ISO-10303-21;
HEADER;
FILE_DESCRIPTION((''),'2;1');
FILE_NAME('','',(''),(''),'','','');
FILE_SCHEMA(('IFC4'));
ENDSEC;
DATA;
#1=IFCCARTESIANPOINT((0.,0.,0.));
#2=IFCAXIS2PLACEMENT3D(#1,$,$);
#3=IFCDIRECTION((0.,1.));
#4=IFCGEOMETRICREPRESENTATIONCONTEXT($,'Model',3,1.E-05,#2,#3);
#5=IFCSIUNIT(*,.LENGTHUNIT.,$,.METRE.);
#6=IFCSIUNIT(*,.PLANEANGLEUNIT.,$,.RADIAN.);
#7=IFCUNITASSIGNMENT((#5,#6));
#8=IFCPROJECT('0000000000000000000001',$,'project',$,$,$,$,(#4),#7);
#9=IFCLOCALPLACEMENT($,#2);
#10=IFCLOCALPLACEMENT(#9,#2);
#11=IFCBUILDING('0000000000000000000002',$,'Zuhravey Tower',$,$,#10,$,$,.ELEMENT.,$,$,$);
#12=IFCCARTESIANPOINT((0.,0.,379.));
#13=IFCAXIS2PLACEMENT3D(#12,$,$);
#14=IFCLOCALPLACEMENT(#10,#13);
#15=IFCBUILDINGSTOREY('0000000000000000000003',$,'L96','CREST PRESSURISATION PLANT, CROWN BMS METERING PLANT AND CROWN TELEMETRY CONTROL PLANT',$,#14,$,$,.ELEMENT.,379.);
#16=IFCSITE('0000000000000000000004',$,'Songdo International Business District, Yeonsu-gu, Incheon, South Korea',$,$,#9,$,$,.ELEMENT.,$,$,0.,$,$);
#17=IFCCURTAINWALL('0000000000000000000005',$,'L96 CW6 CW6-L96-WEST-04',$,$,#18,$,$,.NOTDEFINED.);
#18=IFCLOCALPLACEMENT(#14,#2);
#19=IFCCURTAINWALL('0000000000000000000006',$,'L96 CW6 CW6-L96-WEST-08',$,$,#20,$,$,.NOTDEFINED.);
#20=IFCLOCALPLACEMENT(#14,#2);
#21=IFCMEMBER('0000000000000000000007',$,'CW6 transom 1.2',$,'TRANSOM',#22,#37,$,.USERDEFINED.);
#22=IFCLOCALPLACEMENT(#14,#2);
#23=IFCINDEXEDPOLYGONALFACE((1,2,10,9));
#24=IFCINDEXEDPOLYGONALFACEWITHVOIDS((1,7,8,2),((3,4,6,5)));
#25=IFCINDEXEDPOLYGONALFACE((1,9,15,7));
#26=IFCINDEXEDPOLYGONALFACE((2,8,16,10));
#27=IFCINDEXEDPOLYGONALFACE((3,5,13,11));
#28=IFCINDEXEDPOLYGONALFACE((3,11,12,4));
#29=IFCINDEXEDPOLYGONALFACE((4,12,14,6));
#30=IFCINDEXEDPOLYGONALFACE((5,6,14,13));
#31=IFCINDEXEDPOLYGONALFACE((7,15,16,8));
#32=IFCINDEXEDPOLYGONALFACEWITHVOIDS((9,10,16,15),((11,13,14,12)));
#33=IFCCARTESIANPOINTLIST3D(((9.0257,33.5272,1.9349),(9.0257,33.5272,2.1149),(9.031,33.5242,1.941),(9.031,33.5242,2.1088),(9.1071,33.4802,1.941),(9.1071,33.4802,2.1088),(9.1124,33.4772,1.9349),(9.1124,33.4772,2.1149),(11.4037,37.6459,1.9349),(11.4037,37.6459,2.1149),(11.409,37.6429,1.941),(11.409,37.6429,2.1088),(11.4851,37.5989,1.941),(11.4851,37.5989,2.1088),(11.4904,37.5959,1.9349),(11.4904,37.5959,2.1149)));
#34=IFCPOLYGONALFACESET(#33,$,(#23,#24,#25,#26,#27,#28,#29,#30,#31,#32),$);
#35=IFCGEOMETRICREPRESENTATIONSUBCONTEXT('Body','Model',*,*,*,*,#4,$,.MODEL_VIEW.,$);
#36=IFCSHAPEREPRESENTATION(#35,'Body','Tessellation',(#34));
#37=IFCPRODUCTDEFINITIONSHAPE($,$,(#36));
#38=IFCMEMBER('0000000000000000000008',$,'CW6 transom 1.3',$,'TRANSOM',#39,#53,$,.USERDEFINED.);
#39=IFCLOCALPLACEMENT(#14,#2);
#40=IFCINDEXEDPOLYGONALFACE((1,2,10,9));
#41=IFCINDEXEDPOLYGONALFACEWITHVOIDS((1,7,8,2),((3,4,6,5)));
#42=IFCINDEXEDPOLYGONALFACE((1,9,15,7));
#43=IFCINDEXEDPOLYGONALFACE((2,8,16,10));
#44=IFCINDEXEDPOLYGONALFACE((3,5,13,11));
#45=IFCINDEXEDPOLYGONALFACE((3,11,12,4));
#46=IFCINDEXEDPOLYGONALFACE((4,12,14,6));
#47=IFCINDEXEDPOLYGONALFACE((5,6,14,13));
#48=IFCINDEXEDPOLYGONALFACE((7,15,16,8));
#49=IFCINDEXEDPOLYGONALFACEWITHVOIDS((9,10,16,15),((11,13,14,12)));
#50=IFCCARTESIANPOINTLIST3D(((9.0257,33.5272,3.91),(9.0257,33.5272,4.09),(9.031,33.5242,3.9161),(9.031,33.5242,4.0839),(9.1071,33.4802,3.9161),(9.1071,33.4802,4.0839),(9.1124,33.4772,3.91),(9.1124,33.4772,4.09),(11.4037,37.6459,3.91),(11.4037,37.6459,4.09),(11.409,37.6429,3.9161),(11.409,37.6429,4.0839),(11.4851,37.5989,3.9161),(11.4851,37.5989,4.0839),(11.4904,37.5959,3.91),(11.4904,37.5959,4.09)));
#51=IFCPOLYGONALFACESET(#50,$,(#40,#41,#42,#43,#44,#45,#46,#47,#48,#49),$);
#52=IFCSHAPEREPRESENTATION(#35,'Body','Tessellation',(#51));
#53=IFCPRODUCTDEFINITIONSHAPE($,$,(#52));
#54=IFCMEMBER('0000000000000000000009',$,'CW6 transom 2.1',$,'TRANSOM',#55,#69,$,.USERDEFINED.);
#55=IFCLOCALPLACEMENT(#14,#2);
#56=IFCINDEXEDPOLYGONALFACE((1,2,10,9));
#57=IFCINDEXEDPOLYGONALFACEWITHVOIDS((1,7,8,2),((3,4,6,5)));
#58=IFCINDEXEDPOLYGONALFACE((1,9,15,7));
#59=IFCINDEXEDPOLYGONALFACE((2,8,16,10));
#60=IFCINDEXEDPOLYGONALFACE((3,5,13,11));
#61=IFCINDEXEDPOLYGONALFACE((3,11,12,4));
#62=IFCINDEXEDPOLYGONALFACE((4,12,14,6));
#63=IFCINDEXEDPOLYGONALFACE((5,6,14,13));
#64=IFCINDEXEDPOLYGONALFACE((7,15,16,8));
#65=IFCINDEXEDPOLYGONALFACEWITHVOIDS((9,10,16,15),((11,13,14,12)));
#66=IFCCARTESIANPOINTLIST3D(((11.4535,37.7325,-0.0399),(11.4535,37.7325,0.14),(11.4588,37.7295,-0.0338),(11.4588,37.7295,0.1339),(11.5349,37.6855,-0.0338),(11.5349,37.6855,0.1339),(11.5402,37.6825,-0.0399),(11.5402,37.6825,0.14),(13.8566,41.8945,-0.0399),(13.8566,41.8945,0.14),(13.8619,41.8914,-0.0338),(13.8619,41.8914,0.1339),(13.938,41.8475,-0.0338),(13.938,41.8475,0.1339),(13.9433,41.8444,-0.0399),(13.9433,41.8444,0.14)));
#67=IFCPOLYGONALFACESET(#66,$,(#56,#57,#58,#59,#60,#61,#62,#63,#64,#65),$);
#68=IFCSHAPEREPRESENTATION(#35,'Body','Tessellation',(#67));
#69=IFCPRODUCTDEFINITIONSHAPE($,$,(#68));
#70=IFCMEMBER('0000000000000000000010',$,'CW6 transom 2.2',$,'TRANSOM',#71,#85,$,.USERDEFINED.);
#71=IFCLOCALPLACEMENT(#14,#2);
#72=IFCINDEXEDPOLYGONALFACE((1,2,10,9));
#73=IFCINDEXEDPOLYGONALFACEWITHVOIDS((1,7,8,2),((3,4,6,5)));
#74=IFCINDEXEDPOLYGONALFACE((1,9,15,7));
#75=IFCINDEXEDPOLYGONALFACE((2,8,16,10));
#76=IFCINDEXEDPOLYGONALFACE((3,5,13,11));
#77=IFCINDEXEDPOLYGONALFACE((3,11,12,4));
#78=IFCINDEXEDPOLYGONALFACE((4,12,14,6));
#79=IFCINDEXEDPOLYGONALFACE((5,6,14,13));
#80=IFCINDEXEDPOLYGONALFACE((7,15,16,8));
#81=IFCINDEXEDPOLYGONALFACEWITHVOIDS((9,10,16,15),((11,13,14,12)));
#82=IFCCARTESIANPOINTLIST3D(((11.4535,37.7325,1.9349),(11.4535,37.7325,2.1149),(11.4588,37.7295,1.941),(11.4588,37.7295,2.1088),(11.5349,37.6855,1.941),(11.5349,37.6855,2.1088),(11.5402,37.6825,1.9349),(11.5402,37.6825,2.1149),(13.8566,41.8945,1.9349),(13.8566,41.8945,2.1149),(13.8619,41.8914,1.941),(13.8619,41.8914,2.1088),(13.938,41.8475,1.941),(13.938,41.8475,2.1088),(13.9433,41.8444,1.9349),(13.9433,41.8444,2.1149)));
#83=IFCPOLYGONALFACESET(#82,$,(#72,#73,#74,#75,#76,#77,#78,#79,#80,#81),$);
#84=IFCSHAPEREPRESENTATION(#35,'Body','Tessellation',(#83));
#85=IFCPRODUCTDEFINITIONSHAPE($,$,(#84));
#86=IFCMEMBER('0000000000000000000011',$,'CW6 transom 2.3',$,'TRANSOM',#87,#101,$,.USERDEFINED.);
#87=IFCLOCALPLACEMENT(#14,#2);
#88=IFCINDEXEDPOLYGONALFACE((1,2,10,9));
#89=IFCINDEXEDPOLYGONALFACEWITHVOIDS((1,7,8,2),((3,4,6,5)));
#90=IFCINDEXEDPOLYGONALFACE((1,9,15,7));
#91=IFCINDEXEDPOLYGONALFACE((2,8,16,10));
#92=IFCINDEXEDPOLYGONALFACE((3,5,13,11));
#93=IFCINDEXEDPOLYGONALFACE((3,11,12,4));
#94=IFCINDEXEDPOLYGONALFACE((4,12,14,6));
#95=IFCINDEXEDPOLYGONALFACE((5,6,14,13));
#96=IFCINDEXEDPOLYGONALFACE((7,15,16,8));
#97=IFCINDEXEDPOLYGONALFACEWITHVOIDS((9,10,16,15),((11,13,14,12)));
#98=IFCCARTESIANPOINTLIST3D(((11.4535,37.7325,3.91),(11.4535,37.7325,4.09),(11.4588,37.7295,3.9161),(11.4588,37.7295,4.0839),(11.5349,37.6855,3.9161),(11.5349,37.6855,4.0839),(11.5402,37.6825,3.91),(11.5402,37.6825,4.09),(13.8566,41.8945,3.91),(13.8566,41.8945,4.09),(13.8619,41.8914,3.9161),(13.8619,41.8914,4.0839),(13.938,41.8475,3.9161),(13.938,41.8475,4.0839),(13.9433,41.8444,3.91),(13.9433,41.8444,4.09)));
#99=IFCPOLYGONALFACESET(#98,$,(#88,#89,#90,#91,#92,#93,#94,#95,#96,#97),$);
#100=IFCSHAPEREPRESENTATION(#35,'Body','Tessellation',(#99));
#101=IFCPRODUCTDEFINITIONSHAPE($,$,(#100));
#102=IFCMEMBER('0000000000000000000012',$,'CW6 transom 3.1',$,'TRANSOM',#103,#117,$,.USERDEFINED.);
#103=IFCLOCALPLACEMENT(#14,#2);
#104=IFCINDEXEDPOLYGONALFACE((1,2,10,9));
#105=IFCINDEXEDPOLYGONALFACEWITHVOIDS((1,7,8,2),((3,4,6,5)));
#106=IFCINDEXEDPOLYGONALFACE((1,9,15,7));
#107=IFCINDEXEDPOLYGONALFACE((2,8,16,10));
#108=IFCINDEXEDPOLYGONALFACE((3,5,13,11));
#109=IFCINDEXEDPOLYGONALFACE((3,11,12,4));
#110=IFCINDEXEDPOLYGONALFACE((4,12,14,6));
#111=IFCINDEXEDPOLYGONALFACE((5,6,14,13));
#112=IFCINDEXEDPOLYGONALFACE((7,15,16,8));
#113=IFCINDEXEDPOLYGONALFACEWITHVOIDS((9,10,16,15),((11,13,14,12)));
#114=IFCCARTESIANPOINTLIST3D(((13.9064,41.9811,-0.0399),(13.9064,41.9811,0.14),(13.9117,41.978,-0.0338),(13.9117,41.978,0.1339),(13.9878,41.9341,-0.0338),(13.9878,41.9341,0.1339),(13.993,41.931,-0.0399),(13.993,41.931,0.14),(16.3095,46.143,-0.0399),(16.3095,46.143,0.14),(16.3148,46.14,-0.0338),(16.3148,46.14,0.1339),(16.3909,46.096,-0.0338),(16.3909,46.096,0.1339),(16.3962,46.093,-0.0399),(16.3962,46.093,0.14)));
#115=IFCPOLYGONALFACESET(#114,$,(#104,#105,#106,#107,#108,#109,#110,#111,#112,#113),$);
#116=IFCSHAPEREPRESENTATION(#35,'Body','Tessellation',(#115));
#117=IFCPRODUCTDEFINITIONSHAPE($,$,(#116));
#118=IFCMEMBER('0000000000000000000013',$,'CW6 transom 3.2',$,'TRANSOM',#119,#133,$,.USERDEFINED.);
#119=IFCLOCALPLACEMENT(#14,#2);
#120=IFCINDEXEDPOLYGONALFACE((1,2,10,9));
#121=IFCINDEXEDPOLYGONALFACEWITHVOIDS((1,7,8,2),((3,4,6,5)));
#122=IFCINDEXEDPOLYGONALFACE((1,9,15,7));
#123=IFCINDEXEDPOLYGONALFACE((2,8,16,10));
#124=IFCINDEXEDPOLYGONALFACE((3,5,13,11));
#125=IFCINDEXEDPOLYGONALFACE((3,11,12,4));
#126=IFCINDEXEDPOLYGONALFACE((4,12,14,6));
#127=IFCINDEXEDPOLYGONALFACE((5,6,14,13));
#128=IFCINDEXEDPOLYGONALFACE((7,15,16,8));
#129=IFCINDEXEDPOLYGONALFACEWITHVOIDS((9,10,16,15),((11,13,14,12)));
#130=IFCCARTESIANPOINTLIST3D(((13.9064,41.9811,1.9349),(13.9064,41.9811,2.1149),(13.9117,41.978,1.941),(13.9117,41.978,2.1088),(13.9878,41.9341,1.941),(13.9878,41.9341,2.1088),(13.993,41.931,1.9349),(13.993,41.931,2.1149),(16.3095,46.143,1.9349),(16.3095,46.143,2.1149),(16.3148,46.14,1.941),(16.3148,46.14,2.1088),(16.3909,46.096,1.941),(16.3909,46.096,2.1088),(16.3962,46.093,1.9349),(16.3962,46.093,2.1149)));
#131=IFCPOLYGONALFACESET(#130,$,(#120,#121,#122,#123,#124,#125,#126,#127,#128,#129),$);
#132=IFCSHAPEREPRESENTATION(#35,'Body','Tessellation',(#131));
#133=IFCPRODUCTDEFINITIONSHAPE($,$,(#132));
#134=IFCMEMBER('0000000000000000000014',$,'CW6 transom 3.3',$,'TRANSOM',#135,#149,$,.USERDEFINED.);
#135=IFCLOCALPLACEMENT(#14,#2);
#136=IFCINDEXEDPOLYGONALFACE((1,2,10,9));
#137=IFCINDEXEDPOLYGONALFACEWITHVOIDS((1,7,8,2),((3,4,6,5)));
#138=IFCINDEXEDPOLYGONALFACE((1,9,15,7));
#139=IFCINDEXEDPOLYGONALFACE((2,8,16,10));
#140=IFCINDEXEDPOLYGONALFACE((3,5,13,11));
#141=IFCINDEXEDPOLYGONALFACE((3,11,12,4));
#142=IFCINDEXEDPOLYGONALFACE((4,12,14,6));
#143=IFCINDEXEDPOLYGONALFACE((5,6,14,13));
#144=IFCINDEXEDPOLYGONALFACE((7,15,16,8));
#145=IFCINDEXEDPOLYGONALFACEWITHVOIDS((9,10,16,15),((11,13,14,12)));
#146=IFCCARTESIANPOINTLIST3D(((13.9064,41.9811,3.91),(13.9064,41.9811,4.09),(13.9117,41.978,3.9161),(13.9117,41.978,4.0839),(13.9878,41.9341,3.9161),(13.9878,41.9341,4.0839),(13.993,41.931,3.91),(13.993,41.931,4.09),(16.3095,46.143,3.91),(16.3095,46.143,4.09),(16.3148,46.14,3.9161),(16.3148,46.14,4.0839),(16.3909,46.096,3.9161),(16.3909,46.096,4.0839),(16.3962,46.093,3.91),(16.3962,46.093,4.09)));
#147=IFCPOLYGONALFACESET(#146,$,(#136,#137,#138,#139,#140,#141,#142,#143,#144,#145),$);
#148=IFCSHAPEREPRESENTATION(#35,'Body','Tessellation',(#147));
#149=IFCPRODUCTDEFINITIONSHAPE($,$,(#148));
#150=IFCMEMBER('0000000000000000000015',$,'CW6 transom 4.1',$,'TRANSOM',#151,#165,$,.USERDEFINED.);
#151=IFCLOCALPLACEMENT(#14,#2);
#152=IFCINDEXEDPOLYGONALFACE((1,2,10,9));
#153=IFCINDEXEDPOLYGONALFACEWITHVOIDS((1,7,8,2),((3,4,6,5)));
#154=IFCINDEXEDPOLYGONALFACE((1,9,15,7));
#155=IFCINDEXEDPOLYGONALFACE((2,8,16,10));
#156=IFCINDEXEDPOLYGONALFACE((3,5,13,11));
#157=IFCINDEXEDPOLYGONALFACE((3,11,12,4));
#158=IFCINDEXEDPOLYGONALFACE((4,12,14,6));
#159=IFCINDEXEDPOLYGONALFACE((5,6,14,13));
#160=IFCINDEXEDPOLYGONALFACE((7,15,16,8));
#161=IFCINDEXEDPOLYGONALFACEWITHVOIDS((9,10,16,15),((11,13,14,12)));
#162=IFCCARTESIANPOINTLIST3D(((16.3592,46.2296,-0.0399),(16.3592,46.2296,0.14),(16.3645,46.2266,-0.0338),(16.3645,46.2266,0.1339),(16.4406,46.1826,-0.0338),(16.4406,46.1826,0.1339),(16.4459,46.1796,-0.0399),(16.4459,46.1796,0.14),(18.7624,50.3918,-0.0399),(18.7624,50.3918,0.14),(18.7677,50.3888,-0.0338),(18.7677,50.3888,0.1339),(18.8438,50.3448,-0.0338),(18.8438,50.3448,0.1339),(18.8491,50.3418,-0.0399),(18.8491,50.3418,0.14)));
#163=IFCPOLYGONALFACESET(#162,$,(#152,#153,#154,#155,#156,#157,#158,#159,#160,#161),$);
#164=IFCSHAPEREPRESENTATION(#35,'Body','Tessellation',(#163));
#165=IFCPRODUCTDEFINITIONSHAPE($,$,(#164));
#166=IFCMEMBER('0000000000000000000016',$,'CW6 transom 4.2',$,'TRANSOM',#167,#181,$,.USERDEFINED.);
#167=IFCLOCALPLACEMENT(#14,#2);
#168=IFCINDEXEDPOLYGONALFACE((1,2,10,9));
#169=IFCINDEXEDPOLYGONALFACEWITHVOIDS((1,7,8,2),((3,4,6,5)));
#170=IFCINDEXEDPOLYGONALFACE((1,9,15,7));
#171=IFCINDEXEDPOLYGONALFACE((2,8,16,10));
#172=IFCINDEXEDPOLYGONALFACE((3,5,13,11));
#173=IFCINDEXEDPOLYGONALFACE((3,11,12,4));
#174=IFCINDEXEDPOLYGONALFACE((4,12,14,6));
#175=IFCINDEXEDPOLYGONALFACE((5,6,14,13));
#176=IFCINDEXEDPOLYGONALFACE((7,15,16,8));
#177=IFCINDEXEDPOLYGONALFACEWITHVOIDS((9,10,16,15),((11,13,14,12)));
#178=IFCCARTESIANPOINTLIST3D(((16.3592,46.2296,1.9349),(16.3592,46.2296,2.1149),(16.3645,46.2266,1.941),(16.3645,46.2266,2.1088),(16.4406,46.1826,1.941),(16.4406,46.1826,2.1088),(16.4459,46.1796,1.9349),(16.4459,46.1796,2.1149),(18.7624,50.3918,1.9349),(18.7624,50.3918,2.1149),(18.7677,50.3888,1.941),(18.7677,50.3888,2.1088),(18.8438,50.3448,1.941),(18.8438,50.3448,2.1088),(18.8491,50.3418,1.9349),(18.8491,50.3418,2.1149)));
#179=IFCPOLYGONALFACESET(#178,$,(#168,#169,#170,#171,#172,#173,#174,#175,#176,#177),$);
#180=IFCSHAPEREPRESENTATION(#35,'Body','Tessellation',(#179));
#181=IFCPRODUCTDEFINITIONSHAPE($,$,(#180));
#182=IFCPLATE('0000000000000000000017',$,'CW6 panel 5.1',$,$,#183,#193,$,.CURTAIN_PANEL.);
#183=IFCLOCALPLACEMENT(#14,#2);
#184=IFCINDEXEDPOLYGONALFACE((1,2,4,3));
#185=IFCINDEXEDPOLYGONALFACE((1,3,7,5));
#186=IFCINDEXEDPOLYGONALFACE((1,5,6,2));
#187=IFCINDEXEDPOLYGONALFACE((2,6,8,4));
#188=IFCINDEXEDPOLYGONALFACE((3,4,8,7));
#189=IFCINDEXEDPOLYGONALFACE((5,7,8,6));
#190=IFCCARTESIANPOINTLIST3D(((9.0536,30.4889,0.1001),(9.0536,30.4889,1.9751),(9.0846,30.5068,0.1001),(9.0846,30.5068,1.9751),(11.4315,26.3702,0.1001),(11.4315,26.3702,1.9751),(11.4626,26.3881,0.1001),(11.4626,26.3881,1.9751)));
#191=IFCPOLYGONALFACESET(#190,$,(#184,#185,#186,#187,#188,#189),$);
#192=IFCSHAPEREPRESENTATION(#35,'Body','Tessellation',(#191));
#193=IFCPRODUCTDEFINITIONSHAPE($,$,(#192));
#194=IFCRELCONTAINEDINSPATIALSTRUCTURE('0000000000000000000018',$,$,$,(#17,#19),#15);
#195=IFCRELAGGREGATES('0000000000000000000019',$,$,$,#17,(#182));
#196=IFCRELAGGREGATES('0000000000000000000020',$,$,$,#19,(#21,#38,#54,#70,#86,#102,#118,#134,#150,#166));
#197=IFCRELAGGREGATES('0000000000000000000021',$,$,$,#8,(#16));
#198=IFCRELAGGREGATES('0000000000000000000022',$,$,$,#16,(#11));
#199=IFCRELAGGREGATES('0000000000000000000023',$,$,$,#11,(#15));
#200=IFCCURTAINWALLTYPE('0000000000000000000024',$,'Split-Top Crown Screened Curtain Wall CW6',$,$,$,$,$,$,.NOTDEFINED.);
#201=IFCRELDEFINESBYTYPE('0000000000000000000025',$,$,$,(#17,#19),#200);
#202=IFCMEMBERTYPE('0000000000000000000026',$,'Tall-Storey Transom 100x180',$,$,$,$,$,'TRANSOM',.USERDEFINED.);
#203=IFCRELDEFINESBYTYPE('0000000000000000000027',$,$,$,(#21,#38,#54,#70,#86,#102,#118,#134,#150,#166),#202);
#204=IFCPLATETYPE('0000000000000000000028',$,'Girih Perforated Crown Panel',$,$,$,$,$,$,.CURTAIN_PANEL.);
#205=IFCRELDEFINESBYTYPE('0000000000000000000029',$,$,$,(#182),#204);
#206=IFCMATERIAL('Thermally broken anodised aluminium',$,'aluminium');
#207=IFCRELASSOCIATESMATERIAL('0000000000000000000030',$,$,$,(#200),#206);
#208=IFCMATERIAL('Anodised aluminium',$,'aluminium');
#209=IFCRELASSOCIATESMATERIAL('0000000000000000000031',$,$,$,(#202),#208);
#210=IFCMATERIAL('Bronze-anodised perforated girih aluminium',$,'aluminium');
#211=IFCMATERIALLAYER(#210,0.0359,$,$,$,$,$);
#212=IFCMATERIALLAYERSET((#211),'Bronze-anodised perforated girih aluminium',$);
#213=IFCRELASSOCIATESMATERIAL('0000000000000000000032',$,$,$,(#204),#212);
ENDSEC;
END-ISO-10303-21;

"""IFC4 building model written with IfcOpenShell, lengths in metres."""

from ifc_helpers import new_model, si_unit, direction, frame, origin, origin_2d, place, context, subcontext, project, spatial, rectangle, hollow_rectangle, extrude, material, layer, layer_set, material_profile, profile_set, type_object, element, aggregate, save


model = new_model("IFC4")

# Units and contexts
model_context = context("Model", 3, precision=1e-05, world=origin(), true_north=direction((0.0, 1.0)))
body_context = subcontext(model_context, "Body", "Model", "MODEL_VIEW")
ifc_project = project(units=[si_unit("LENGTHUNIT", "METRE"), si_unit("PLANEANGLEUNIT", "RADIAN")], contexts=[model_context])

# Site, building, storey
site_placement = place(None, origin())
site = spatial("IfcSite", under=ifc_project, at=site_placement, Name="Songdo International Business District, Yeonsu-gu, Incheon, South Korea", CompositionType="ELEMENT", RefElevation=0.0)
building_placement = place(site_placement, origin())
building = spatial("IfcBuilding", under=site, at=building_placement, Name="Zuhravey Tower", CompositionType="ELEMENT")
storey_placement = place(building_placement, frame((0.0, 0.0, 379.0)))
storey = spatial("IfcBuildingStorey", under=building, at=storey_placement, Name="L96", Description="CREST PRESSURISATION PLANT, CROWN BMS METERING PLANT AND CROWN TELEMETRY CONTROL PLANT", CompositionType="ELEMENT", Elevation=379.0)

# Curtain wall
ifc_material_1 = material(Name="Thermally broken anodised aluminium", Category="aluminium")
curtain_wall_type = type_object("IfcCurtainWallType", Name="Split-Top Crown Screened Curtain Wall CW6", PredefinedType="NOTDEFINED", material=ifc_material_1)
curtain_wall_1_placement = place(storey_placement, origin())
curtain_wall_1 = element("IfcCurtainWall", 1, at=curtain_wall_1_placement, inside=storey, type_object=curtain_wall_type, Name="L96 CW6 CW6-L96-WEST-04", PredefinedType="NOTDEFINED")
ifc_material_2 = material(Name="Anodised aluminium", Category="aluminium")

# Curtain wall, members
curtain_wall_2_placement = place(storey_placement, origin())
curtain_wall_2 = element("IfcCurtainWall", 2, at=curtain_wall_2_placement, inside=storey, type_object=curtain_wall_type, Name="L96 CW6 CW6-L96-WEST-08", PredefinedType="NOTDEFINED")
ifc_material_profile_1 = material_profile(ifc_material_2, hollow_rectangle(XDim=0.1001, YDim=0.1799, WallThickness=0.0061, at=origin_2d()), Name="ALU-RHS-100x180x6")
ifc_profile_set_1 = profile_set([ifc_material_profile_1], Name="Anodised aluminium")
member_type_1 = type_object("IfcMemberType", Name="Tall-Storey Transom 100x180", ElementType="TRANSOM", PredefinedType="USERDEFINED", material=ifc_profile_set_1)
member_1_placement = place(storey_placement, frame((9.0691, 33.5022, 2.0249), z_axis=(0.500004, 0.866023, 0.0), x_axis=(-0.866023, 0.500004, 0.0)))
member_1 = element("IfcMember", 3, at=member_1_placement, type_object=member_type_1, Name="CW6 transom 1.2", ObjectType="TRANSOM", PredefinedType="USERDEFINED", context=body_context, shape_type="SweptSolid", body=[
    extrude(hollow_rectangle(XDim=0.1001, YDim=0.1799, WallThickness=0.0061, at=origin_2d()), origin(), (0.0, 0.0, 1.0), 4.7559),
])
member_2_placement = place(storey_placement, frame((9.0691, 33.5022, 4.0), z_axis=(0.500004, 0.866023, 0.0), x_axis=(-0.866023, 0.500004, 0.0)))
member_2 = element("IfcMember", 4, at=member_2_placement, type_object=member_type_1, Name="CW6 transom 1.3", ObjectType="TRANSOM", PredefinedType="USERDEFINED", context=body_context, shape_type="SweptSolid", body=[
    extrude(hollow_rectangle(XDim=0.1001, YDim=0.1799, WallThickness=0.0061, at=origin_2d()), origin(), (0.0, 0.0, 1.0), 4.7559),
])
member_3_placement = place(storey_placement, frame((11.4968, 37.7075, 0.05), z_axis=(0.500035, 0.866005, 0.0), x_axis=(-0.866005, 0.500035, 0.0)))
member_3 = element("IfcMember", 5, at=member_3_placement, type_object=member_type_1, Name="CW6 transom 2.1", ObjectType="TRANSOM", PredefinedType="USERDEFINED", context=body_context, shape_type="SweptSolid", body=[
    extrude(hollow_rectangle(XDim=0.1001, YDim=0.1799, WallThickness=0.0061, at=origin_2d()), origin(), (0.0, 0.0, 1.0), 4.8059),
])
member_4_placement = place(storey_placement, frame((11.4968, 37.7075, 2.0249), z_axis=(0.500035, 0.866005, 0.0), x_axis=(-0.866005, 0.500035, 0.0)))
member_4 = element("IfcMember", 6, at=member_4_placement, type_object=member_type_1, Name="CW6 transom 2.2", ObjectType="TRANSOM", PredefinedType="USERDEFINED", context=body_context, shape_type="SweptSolid", body=[
    extrude(hollow_rectangle(XDim=0.1001, YDim=0.1799, WallThickness=0.0061, at=origin_2d()), origin(), (0.0, 0.0, 1.0), 4.8059),
])
member_5_placement = place(storey_placement, frame((11.4968, 37.7075, 4.0), z_axis=(0.500035, 0.866005, 0.0), x_axis=(-0.866005, 0.500035, 0.0)))
member_5 = element("IfcMember", 7, at=member_5_placement, type_object=member_type_1, Name="CW6 transom 2.3", ObjectType="TRANSOM", PredefinedType="USERDEFINED", context=body_context, shape_type="SweptSolid", body=[
    extrude(hollow_rectangle(XDim=0.1001, YDim=0.1799, WallThickness=0.0061, at=origin_2d()), origin(), (0.0, 0.0, 1.0), 4.8059),
])
member_6_placement = place(storey_placement, frame((13.9497, 41.9561, 0.05), z_axis=(0.500035, 0.866005, 0.0), x_axis=(-0.866005, 0.500035, 0.0)))
member_6 = element("IfcMember", 8, at=member_6_placement, type_object=member_type_1, Name="CW6 transom 3.1", ObjectType="TRANSOM", PredefinedType="USERDEFINED", context=body_context, shape_type="SweptSolid", body=[
    extrude(hollow_rectangle(XDim=0.1001, YDim=0.1799, WallThickness=0.0061, at=origin_2d()), origin(), (0.0, 0.0, 1.0), 4.8059),
])
member_7_placement = place(storey_placement, frame((13.9497, 41.9561, 2.0249), z_axis=(0.500035, 0.866005, 0.0), x_axis=(-0.866005, 0.500035, 0.0)))
member_7 = element("IfcMember", 9, at=member_7_placement, type_object=member_type_1, Name="CW6 transom 3.2", ObjectType="TRANSOM", PredefinedType="USERDEFINED", context=body_context, shape_type="SweptSolid", body=[
    extrude(hollow_rectangle(XDim=0.1001, YDim=0.1799, WallThickness=0.0061, at=origin_2d()), origin(), (0.0, 0.0, 1.0), 4.8059),
])
member_8_placement = place(storey_placement, frame((13.9497, 41.9561, 4.0), z_axis=(0.500035, 0.866005, 0.0), x_axis=(-0.866005, 0.500035, 0.0)))
member_8 = element("IfcMember", 10, at=member_8_placement, type_object=member_type_1, Name="CW6 transom 3.3", ObjectType="TRANSOM", PredefinedType="USERDEFINED", context=body_context, shape_type="SweptSolid", body=[
    extrude(hollow_rectangle(XDim=0.1001, YDim=0.1799, WallThickness=0.0061, at=origin_2d()), origin(), (0.0, 0.0, 1.0), 4.8059),
])
member_9_placement = place(storey_placement, frame((16.4026, 46.2046, 0.05), z_axis=(0.500013, 0.866018, 0.0), x_axis=(-0.866018, 0.500013, 0.0)))
member_9 = element("IfcMember", 11, at=member_9_placement, type_object=member_type_1, Name="CW6 transom 4.1", ObjectType="TRANSOM", PredefinedType="USERDEFINED", context=body_context, shape_type="SweptSolid", body=[
    extrude(hollow_rectangle(XDim=0.1001, YDim=0.1799, WallThickness=0.0061, at=origin_2d()), origin(), (0.0, 0.0, 1.0), 4.8062),
])
member_10_placement = place(storey_placement, frame((16.4026, 46.2046, 2.0249), z_axis=(0.500013, 0.866018, 0.0), x_axis=(-0.866018, 0.500013, 0.0)))
member_10 = element("IfcMember", 12, at=member_10_placement, type_object=member_type_1, Name="CW6 transom 4.2", ObjectType="TRANSOM", PredefinedType="USERDEFINED", context=body_context, shape_type="SweptSolid", body=[
    extrude(hollow_rectangle(XDim=0.1001, YDim=0.1799, WallThickness=0.0061, at=origin_2d()), origin(), (0.0, 0.0, 1.0), 4.8062),
])

# Plate
ifc_material_3 = material(Name="Bronze-anodised perforated girih aluminium", Category="aluminium")
ifc_layer_1 = layer(ifc_material_3, 0.0359)
ifc_layer_set_1 = layer_set([ifc_layer_1], Name="Bronze-anodised perforated girih aluminium")
plate_type = type_object("IfcPlateType", Name="Girih Perforated Crown Panel", PredefinedType="CURTAIN_PANEL", material=ifc_layer_set_1)
plate_1_placement = place(storey_placement, frame((10.2581, 28.4385, 0.1001), z_axis=(0.0, 0.0, 1.0), x_axis=(-0.499997, 0.866027, 0.0)))
plate_1 = element("IfcPlate", 13, at=plate_1_placement, type_object=plate_type, Name="CW6 panel 5.1", PredefinedType="CURTAIN_PANEL", context=body_context, shape_type="SweptSolid", body=[
    extrude(rectangle(XDim=4.7559, YDim=0.0359, at=origin_2d()), origin(), (0.0, 0.0, 1.0), 1.875),
])
aggregate(curtain_wall_1, [plate_1])
aggregate(curtain_wall_2, [member_1, member_2, member_3, member_4, member_5, member_6, member_7, member_8, member_9, member_10])

save(model, "model.ifc")
